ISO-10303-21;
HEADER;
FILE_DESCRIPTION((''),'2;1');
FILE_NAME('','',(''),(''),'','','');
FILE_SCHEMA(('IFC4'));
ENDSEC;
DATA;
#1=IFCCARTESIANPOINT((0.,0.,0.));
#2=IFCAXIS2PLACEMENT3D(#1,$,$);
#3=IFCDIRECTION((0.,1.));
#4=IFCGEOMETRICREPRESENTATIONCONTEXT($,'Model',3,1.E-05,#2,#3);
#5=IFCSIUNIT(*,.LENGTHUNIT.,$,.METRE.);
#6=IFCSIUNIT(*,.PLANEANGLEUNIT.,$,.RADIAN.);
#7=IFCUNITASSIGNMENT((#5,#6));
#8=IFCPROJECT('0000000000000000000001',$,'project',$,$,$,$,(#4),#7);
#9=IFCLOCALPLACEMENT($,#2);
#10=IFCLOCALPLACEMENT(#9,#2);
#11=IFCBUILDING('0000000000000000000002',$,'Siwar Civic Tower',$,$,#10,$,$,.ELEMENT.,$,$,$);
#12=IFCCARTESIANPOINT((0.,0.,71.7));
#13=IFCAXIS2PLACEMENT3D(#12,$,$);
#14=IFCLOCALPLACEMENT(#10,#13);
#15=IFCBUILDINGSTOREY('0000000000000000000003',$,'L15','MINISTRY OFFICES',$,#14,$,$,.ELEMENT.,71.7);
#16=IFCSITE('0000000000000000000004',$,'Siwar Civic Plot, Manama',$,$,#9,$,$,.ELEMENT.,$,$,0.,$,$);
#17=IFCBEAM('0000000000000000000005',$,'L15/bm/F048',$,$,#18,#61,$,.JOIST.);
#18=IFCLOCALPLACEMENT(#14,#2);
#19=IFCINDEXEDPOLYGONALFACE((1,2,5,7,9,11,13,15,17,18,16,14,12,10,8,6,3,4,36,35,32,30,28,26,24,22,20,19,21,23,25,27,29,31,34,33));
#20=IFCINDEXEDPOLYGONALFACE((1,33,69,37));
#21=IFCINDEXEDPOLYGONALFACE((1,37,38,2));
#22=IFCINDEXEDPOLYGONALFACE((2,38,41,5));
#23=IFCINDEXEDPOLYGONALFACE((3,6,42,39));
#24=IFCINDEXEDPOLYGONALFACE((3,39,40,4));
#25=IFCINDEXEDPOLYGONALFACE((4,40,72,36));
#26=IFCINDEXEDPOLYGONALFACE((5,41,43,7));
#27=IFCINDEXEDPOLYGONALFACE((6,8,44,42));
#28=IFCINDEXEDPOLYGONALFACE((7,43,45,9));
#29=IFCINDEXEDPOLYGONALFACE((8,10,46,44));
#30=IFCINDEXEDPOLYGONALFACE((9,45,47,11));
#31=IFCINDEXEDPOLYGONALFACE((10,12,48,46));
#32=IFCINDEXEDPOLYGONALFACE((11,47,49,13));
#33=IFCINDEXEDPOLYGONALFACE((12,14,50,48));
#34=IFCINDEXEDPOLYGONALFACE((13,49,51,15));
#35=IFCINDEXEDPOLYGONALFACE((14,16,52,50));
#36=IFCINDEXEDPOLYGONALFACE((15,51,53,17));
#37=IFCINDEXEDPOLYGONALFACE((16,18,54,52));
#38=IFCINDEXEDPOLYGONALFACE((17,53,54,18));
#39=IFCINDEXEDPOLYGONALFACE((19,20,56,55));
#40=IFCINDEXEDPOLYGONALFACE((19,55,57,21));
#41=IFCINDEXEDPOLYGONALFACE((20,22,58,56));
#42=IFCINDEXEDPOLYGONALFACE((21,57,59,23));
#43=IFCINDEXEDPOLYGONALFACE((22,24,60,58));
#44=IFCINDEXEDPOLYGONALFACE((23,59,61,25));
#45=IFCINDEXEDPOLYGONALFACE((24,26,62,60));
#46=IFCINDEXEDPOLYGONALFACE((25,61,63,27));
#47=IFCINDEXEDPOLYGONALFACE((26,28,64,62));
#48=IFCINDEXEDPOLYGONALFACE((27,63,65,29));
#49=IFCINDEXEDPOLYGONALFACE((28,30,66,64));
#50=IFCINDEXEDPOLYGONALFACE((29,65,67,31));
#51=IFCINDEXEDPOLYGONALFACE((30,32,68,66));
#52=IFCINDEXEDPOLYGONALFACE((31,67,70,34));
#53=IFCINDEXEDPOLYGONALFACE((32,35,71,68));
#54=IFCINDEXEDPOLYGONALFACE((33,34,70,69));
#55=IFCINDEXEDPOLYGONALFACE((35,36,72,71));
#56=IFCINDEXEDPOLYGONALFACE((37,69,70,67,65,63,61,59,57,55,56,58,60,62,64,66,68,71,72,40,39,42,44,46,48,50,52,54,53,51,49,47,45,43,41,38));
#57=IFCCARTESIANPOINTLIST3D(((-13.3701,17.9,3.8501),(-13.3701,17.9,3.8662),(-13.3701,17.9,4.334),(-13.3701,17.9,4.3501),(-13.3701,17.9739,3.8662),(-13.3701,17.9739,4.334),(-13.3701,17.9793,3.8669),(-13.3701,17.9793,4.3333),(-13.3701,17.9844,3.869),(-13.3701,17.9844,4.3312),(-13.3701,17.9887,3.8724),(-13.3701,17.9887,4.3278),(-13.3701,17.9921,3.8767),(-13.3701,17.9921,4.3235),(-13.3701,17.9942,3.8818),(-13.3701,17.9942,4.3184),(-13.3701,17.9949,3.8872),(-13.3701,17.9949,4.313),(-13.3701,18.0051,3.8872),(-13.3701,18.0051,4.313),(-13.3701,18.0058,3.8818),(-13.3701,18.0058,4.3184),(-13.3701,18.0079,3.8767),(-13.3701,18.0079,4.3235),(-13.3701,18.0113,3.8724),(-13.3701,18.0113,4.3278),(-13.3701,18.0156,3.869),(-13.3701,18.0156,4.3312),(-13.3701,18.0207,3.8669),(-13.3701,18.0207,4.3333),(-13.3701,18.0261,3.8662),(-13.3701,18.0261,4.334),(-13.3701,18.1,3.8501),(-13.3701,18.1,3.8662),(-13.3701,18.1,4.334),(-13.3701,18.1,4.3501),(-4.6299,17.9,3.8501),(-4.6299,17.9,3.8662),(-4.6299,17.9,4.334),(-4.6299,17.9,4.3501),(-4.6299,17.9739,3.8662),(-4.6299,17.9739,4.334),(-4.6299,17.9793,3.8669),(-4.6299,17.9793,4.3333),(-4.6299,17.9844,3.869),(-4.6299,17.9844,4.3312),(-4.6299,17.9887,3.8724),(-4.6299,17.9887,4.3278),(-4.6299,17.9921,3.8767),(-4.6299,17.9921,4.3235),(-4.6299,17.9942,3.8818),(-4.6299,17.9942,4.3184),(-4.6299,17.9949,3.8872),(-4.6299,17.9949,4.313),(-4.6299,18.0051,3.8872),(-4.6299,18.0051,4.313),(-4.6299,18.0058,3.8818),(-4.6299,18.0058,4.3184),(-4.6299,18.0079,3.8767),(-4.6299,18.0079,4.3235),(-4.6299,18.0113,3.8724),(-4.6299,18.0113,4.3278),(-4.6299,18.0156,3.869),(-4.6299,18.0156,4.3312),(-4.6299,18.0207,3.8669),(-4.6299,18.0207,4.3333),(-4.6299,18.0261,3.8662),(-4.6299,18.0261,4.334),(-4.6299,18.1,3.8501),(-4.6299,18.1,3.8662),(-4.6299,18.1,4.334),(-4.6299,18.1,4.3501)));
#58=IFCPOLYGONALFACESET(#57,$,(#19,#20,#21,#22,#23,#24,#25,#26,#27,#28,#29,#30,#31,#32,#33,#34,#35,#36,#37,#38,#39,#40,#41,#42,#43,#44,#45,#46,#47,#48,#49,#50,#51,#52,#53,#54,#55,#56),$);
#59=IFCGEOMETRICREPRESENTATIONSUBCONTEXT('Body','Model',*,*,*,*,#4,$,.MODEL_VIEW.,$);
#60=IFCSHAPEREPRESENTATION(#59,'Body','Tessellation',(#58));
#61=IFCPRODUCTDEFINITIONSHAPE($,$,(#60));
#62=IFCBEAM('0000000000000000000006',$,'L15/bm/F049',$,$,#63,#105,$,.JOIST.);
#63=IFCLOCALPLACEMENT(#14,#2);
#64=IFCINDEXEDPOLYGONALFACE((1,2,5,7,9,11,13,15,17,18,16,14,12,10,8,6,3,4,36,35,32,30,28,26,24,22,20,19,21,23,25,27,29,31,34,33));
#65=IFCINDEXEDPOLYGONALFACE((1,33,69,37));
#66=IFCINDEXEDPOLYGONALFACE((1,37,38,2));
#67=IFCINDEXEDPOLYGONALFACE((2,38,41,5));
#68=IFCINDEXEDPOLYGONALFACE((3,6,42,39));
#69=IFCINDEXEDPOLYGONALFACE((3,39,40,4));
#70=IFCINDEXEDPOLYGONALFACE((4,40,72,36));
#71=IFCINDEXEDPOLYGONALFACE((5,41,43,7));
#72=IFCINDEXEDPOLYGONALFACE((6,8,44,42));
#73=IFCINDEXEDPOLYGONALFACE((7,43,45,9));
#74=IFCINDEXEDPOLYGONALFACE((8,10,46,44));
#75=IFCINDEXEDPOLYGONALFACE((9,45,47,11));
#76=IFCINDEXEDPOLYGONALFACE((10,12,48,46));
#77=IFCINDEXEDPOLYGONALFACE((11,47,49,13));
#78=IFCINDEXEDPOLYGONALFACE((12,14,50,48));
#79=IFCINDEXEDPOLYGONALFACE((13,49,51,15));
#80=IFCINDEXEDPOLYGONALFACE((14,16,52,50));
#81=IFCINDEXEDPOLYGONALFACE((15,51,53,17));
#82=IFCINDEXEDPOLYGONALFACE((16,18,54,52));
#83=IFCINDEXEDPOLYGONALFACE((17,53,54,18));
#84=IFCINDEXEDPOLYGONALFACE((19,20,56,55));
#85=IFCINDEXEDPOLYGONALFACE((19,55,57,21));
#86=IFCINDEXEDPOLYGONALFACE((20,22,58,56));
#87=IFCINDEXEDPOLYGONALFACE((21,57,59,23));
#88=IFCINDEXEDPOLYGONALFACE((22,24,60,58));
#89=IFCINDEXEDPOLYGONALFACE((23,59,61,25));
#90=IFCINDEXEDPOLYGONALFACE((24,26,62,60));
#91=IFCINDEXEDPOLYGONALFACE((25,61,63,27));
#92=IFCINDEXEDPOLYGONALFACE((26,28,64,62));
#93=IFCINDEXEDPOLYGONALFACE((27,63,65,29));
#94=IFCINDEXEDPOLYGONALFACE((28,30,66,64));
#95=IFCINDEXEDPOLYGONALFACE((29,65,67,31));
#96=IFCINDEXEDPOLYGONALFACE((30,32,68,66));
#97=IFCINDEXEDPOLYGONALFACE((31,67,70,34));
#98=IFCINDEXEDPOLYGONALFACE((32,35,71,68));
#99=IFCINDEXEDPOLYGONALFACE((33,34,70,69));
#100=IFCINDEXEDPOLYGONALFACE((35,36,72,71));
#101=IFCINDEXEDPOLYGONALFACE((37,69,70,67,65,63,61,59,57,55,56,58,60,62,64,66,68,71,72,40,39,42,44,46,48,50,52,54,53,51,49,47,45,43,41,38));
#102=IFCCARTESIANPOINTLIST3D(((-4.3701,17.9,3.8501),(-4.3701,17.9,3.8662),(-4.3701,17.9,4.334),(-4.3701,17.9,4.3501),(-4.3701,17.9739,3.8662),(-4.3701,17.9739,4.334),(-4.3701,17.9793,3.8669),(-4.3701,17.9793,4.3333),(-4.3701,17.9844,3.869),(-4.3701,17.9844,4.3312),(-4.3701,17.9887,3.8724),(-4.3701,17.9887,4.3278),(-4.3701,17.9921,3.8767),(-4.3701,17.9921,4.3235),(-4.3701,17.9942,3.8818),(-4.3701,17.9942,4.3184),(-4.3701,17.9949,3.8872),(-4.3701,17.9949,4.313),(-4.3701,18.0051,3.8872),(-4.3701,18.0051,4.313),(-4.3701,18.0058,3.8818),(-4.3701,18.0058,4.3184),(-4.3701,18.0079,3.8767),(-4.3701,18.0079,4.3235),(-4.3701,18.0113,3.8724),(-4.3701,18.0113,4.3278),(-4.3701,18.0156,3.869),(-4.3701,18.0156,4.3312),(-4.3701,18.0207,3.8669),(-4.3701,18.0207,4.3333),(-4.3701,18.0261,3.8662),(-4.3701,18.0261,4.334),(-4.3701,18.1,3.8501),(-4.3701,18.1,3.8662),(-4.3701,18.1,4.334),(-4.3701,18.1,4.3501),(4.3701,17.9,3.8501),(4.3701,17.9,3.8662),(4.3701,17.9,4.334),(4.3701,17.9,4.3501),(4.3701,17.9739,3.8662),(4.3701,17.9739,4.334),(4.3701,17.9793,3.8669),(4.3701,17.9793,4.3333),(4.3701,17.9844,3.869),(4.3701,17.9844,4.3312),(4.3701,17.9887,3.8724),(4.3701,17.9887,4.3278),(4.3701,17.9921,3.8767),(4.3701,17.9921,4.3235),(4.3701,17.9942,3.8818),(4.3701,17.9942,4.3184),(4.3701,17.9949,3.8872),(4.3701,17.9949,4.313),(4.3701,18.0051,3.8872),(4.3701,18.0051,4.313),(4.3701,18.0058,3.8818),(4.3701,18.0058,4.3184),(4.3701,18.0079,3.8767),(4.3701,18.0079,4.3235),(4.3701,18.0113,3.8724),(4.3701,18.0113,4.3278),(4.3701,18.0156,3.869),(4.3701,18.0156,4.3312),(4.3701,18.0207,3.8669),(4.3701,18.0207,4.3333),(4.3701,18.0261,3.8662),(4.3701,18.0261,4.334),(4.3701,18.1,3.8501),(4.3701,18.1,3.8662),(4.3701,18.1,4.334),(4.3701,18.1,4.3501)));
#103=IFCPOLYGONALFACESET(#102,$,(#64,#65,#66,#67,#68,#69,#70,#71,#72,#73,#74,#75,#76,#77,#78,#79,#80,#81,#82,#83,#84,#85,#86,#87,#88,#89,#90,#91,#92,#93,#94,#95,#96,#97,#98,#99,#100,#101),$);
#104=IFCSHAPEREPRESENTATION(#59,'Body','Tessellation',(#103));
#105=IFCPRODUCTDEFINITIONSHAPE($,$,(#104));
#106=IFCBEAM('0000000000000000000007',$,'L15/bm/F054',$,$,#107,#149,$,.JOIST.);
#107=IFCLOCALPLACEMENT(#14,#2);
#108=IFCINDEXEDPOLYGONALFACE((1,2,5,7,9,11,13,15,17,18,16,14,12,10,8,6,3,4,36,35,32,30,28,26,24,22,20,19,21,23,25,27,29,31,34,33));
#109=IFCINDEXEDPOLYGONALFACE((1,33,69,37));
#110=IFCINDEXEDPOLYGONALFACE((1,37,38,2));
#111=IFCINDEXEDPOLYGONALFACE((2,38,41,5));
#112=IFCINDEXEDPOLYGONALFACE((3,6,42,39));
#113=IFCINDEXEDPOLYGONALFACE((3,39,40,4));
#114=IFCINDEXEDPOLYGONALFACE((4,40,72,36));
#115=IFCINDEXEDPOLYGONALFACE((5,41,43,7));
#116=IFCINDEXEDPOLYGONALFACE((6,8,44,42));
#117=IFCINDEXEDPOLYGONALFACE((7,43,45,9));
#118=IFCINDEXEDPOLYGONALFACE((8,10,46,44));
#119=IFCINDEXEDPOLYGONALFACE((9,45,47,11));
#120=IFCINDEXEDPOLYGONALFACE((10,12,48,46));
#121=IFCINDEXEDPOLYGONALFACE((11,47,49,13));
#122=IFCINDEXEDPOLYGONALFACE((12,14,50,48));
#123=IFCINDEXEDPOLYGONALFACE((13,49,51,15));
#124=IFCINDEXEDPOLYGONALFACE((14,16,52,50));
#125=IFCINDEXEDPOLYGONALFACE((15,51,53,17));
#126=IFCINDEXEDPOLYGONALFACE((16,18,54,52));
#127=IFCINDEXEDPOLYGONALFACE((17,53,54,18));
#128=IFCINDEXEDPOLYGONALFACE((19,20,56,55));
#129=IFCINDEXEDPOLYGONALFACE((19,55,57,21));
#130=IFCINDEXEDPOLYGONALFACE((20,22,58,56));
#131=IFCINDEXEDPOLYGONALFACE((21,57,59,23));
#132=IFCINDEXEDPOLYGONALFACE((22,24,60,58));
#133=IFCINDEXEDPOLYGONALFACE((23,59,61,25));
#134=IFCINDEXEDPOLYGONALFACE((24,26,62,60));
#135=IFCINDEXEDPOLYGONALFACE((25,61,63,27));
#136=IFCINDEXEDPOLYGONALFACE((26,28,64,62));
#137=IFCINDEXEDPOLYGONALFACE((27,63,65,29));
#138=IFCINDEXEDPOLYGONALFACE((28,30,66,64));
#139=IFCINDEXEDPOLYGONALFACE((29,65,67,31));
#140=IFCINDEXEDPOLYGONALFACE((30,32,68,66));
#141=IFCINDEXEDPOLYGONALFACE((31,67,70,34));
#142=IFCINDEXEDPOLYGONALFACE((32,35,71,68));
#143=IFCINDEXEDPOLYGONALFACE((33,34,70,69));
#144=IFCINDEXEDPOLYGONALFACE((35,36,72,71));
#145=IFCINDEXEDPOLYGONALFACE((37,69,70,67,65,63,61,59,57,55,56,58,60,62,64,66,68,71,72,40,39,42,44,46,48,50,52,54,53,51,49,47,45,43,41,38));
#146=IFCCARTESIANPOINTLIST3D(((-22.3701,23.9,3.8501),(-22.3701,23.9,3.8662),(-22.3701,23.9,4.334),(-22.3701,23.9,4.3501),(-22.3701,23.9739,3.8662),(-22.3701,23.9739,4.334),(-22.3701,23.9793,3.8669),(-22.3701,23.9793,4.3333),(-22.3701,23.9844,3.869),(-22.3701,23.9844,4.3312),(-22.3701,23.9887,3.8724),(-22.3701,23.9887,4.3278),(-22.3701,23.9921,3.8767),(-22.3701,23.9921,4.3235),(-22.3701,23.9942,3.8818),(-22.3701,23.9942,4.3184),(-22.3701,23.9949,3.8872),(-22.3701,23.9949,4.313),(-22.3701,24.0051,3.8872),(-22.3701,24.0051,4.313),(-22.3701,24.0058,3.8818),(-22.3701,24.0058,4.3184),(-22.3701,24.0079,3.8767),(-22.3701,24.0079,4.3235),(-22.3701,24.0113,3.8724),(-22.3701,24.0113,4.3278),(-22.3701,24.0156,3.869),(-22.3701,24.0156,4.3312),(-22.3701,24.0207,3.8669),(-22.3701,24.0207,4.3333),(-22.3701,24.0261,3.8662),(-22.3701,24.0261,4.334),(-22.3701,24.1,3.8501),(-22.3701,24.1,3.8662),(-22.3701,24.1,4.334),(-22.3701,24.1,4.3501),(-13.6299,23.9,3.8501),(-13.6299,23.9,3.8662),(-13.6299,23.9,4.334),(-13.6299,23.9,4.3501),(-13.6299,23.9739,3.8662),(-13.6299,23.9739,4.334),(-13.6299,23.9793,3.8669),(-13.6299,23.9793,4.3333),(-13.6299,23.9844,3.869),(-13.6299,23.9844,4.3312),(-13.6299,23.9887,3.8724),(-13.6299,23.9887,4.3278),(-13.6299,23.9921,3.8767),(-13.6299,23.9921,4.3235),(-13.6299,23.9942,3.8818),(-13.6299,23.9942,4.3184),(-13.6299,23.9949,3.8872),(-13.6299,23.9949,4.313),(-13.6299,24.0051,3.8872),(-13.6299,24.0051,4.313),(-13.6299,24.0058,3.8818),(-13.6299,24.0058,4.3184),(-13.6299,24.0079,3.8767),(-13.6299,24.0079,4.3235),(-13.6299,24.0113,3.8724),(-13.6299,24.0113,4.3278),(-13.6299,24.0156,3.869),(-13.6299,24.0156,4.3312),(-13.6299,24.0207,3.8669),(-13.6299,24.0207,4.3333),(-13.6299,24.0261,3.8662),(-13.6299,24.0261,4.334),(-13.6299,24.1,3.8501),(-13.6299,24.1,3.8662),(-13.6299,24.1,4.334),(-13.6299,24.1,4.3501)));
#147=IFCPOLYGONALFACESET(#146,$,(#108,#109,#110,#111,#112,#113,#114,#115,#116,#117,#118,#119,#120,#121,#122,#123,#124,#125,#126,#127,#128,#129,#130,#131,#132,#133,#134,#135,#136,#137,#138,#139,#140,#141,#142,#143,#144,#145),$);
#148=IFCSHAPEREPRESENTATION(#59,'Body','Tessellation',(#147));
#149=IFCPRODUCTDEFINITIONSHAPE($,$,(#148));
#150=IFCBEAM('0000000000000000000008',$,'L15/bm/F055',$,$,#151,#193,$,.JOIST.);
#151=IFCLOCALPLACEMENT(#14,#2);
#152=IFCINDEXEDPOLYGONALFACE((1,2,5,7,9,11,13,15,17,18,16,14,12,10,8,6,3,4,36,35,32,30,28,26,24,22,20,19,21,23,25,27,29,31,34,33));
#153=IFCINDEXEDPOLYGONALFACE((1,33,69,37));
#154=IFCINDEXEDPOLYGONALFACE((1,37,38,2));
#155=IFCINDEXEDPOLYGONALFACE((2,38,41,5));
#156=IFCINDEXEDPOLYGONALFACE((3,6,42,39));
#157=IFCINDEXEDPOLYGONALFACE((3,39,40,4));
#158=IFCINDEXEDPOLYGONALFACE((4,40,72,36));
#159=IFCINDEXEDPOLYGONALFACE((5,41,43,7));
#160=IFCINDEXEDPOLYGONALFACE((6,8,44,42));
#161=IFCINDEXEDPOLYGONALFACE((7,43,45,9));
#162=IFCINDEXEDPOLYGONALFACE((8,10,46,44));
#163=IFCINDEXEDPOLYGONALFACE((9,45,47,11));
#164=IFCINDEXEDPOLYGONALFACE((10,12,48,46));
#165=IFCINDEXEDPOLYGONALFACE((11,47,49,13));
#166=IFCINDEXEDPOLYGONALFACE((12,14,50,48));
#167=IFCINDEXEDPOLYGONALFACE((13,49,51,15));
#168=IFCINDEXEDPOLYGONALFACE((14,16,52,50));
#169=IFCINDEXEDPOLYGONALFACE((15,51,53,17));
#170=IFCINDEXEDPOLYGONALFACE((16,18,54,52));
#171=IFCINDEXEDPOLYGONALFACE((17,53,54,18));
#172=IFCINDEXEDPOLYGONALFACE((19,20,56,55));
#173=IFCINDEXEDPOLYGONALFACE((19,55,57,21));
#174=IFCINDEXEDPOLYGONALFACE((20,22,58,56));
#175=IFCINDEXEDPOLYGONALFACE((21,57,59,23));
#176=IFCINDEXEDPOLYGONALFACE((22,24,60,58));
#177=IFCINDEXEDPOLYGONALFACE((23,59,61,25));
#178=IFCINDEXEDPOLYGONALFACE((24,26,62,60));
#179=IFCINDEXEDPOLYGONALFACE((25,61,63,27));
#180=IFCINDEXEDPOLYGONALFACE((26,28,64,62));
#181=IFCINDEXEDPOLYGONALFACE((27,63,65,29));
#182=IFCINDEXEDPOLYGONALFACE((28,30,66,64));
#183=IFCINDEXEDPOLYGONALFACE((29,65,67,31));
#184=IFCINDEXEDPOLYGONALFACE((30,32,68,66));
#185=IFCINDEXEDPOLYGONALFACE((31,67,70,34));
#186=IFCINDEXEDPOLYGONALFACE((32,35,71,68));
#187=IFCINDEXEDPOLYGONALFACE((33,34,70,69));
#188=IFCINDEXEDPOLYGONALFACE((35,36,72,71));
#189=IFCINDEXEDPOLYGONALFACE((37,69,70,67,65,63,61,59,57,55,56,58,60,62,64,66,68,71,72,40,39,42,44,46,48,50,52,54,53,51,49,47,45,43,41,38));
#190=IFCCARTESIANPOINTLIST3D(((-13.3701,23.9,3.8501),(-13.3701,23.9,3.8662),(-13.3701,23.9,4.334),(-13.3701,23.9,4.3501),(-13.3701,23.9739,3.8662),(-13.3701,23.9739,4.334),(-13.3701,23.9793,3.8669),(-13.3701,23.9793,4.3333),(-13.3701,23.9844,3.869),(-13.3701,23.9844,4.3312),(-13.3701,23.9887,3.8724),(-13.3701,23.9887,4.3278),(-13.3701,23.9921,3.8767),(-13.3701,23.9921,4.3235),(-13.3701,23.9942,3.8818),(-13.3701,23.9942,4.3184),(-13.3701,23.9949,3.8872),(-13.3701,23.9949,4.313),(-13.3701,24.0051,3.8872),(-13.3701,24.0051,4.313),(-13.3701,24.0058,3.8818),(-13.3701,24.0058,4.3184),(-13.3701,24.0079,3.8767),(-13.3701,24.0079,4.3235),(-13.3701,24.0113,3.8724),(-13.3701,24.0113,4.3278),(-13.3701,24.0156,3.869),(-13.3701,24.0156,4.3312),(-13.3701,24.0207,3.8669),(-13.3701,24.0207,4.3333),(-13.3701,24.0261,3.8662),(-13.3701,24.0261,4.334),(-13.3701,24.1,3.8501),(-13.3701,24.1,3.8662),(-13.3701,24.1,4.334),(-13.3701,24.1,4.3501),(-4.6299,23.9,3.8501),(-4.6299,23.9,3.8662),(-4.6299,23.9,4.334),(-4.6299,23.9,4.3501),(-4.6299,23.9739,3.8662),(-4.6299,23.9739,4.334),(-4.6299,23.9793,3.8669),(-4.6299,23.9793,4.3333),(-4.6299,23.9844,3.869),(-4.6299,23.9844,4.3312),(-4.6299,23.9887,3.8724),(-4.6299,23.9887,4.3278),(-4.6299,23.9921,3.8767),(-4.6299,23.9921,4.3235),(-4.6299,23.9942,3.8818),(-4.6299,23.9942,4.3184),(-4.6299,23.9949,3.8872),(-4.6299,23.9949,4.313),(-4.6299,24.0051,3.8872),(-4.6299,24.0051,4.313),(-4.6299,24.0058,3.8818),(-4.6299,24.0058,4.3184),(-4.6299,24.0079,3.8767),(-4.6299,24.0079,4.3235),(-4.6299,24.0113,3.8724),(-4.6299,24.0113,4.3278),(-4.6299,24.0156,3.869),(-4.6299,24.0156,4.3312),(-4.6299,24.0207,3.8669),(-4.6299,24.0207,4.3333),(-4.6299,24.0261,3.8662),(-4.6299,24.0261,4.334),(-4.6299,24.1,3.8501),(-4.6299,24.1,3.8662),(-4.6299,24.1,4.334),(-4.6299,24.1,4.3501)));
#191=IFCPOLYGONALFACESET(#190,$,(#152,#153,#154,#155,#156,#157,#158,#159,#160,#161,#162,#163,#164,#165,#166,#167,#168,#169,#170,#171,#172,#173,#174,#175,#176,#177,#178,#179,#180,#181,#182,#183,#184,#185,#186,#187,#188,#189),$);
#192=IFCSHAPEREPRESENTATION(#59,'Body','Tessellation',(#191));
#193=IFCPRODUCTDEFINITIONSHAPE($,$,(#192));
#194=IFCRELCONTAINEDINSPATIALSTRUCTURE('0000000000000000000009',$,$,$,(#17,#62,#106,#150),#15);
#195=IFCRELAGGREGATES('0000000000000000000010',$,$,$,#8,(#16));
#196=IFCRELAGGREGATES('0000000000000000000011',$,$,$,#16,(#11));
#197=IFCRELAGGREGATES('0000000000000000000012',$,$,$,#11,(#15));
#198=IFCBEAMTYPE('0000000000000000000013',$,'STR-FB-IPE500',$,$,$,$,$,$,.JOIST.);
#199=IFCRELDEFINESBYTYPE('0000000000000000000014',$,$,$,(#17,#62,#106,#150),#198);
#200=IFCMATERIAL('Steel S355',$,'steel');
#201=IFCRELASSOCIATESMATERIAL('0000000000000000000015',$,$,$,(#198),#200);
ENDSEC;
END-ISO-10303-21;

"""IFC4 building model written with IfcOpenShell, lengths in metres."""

from ifc_helpers import new_model, si_unit, direction, frame, origin, origin_2d, place, context, subcontext, project, spatial, i_section, extrude, material, material_profile, profile_set, type_object, element, save


model = new_model("IFC4")

# Units and contexts
model_context = context("Model", 3, precision=1e-05, world=origin(), true_north=direction((0.0, 1.0)))
body_context = subcontext(model_context, "Body", "Model", "MODEL_VIEW")
ifc_project = project(units=[si_unit("LENGTHUNIT", "METRE"), si_unit("PLANEANGLEUNIT", "RADIAN")], contexts=[model_context])

# Site, building, storey
site_placement = place(None, origin())
site = spatial("IfcSite", under=ifc_project, at=site_placement, Name="Siwar Civic Plot, Manama", CompositionType="ELEMENT", RefElevation=0.0)
building_placement = place(site_placement, origin())
building = spatial("IfcBuilding", under=site, at=building_placement, Name="Siwar Civic Tower", CompositionType="ELEMENT")
storey_placement = place(building_placement, frame((0.0, 0.0, 71.7)))
storey = spatial("IfcBuildingStorey", under=building, at=storey_placement, Name="L15", Description="MINISTRY OFFICES", CompositionType="ELEMENT", Elevation=71.7)

# Beams
ifc_material_1 = material(Name="Steel S355", Category="steel")
ifc_material_profile_1 = material_profile(ifc_material_1, i_section(OverallWidth=0.2, OverallDepth=0.5, WebThickness=0.0103, FlangeThickness=0.0161, FilletRadius=0.021, at=origin_2d()), Name="IPE500")
ifc_profile_set_1 = profile_set([ifc_material_profile_1], Name="Steel S355")
beam_type_1 = type_object("IfcBeamType", Name="STR-FB-IPE500", PredefinedType="JOIST", material=ifc_profile_set_1)
for number, where, z_axis, x_axis, name in (
    (1, (-13.3701, 18.0, 4.1001), (1.0, 0.0, 0.0), (0.0, 1.0, 0.0), "L15/bm/F048"),
    (2, (-4.3701, 18.0, 4.1001), (1.0, 0.0, 0.0), (0.0, 1.0, 0.0), "L15/bm/F049"),
    (3, (-22.3701, 24.0, 4.1001), (1.0, 0.0, 0.0), (0.0, 1.0, 0.0), "L15/bm/F054"),
    (4, (-13.3701, 24.0, 4.1001), (1.0, 0.0, 0.0), (0.0, 1.0, 0.0), "L15/bm/F055"),
):
    element("IfcBeam", number, at=place(storey_placement, frame(where, z_axis=z_axis, x_axis=x_axis)), inside=storey, type_object=beam_type_1, Name=name, PredefinedType="JOIST", context=body_context, shape_type="SweptSolid", body=[
        extrude(i_section(OverallWidth=0.2, OverallDepth=0.5, WebThickness=0.0103, FlangeThickness=0.0161, FilletRadius=0.021, at=origin_2d()), origin(), (0.0, 0.0, 1.0), 8.7402),
    ])

save(model, "model.ifc")
